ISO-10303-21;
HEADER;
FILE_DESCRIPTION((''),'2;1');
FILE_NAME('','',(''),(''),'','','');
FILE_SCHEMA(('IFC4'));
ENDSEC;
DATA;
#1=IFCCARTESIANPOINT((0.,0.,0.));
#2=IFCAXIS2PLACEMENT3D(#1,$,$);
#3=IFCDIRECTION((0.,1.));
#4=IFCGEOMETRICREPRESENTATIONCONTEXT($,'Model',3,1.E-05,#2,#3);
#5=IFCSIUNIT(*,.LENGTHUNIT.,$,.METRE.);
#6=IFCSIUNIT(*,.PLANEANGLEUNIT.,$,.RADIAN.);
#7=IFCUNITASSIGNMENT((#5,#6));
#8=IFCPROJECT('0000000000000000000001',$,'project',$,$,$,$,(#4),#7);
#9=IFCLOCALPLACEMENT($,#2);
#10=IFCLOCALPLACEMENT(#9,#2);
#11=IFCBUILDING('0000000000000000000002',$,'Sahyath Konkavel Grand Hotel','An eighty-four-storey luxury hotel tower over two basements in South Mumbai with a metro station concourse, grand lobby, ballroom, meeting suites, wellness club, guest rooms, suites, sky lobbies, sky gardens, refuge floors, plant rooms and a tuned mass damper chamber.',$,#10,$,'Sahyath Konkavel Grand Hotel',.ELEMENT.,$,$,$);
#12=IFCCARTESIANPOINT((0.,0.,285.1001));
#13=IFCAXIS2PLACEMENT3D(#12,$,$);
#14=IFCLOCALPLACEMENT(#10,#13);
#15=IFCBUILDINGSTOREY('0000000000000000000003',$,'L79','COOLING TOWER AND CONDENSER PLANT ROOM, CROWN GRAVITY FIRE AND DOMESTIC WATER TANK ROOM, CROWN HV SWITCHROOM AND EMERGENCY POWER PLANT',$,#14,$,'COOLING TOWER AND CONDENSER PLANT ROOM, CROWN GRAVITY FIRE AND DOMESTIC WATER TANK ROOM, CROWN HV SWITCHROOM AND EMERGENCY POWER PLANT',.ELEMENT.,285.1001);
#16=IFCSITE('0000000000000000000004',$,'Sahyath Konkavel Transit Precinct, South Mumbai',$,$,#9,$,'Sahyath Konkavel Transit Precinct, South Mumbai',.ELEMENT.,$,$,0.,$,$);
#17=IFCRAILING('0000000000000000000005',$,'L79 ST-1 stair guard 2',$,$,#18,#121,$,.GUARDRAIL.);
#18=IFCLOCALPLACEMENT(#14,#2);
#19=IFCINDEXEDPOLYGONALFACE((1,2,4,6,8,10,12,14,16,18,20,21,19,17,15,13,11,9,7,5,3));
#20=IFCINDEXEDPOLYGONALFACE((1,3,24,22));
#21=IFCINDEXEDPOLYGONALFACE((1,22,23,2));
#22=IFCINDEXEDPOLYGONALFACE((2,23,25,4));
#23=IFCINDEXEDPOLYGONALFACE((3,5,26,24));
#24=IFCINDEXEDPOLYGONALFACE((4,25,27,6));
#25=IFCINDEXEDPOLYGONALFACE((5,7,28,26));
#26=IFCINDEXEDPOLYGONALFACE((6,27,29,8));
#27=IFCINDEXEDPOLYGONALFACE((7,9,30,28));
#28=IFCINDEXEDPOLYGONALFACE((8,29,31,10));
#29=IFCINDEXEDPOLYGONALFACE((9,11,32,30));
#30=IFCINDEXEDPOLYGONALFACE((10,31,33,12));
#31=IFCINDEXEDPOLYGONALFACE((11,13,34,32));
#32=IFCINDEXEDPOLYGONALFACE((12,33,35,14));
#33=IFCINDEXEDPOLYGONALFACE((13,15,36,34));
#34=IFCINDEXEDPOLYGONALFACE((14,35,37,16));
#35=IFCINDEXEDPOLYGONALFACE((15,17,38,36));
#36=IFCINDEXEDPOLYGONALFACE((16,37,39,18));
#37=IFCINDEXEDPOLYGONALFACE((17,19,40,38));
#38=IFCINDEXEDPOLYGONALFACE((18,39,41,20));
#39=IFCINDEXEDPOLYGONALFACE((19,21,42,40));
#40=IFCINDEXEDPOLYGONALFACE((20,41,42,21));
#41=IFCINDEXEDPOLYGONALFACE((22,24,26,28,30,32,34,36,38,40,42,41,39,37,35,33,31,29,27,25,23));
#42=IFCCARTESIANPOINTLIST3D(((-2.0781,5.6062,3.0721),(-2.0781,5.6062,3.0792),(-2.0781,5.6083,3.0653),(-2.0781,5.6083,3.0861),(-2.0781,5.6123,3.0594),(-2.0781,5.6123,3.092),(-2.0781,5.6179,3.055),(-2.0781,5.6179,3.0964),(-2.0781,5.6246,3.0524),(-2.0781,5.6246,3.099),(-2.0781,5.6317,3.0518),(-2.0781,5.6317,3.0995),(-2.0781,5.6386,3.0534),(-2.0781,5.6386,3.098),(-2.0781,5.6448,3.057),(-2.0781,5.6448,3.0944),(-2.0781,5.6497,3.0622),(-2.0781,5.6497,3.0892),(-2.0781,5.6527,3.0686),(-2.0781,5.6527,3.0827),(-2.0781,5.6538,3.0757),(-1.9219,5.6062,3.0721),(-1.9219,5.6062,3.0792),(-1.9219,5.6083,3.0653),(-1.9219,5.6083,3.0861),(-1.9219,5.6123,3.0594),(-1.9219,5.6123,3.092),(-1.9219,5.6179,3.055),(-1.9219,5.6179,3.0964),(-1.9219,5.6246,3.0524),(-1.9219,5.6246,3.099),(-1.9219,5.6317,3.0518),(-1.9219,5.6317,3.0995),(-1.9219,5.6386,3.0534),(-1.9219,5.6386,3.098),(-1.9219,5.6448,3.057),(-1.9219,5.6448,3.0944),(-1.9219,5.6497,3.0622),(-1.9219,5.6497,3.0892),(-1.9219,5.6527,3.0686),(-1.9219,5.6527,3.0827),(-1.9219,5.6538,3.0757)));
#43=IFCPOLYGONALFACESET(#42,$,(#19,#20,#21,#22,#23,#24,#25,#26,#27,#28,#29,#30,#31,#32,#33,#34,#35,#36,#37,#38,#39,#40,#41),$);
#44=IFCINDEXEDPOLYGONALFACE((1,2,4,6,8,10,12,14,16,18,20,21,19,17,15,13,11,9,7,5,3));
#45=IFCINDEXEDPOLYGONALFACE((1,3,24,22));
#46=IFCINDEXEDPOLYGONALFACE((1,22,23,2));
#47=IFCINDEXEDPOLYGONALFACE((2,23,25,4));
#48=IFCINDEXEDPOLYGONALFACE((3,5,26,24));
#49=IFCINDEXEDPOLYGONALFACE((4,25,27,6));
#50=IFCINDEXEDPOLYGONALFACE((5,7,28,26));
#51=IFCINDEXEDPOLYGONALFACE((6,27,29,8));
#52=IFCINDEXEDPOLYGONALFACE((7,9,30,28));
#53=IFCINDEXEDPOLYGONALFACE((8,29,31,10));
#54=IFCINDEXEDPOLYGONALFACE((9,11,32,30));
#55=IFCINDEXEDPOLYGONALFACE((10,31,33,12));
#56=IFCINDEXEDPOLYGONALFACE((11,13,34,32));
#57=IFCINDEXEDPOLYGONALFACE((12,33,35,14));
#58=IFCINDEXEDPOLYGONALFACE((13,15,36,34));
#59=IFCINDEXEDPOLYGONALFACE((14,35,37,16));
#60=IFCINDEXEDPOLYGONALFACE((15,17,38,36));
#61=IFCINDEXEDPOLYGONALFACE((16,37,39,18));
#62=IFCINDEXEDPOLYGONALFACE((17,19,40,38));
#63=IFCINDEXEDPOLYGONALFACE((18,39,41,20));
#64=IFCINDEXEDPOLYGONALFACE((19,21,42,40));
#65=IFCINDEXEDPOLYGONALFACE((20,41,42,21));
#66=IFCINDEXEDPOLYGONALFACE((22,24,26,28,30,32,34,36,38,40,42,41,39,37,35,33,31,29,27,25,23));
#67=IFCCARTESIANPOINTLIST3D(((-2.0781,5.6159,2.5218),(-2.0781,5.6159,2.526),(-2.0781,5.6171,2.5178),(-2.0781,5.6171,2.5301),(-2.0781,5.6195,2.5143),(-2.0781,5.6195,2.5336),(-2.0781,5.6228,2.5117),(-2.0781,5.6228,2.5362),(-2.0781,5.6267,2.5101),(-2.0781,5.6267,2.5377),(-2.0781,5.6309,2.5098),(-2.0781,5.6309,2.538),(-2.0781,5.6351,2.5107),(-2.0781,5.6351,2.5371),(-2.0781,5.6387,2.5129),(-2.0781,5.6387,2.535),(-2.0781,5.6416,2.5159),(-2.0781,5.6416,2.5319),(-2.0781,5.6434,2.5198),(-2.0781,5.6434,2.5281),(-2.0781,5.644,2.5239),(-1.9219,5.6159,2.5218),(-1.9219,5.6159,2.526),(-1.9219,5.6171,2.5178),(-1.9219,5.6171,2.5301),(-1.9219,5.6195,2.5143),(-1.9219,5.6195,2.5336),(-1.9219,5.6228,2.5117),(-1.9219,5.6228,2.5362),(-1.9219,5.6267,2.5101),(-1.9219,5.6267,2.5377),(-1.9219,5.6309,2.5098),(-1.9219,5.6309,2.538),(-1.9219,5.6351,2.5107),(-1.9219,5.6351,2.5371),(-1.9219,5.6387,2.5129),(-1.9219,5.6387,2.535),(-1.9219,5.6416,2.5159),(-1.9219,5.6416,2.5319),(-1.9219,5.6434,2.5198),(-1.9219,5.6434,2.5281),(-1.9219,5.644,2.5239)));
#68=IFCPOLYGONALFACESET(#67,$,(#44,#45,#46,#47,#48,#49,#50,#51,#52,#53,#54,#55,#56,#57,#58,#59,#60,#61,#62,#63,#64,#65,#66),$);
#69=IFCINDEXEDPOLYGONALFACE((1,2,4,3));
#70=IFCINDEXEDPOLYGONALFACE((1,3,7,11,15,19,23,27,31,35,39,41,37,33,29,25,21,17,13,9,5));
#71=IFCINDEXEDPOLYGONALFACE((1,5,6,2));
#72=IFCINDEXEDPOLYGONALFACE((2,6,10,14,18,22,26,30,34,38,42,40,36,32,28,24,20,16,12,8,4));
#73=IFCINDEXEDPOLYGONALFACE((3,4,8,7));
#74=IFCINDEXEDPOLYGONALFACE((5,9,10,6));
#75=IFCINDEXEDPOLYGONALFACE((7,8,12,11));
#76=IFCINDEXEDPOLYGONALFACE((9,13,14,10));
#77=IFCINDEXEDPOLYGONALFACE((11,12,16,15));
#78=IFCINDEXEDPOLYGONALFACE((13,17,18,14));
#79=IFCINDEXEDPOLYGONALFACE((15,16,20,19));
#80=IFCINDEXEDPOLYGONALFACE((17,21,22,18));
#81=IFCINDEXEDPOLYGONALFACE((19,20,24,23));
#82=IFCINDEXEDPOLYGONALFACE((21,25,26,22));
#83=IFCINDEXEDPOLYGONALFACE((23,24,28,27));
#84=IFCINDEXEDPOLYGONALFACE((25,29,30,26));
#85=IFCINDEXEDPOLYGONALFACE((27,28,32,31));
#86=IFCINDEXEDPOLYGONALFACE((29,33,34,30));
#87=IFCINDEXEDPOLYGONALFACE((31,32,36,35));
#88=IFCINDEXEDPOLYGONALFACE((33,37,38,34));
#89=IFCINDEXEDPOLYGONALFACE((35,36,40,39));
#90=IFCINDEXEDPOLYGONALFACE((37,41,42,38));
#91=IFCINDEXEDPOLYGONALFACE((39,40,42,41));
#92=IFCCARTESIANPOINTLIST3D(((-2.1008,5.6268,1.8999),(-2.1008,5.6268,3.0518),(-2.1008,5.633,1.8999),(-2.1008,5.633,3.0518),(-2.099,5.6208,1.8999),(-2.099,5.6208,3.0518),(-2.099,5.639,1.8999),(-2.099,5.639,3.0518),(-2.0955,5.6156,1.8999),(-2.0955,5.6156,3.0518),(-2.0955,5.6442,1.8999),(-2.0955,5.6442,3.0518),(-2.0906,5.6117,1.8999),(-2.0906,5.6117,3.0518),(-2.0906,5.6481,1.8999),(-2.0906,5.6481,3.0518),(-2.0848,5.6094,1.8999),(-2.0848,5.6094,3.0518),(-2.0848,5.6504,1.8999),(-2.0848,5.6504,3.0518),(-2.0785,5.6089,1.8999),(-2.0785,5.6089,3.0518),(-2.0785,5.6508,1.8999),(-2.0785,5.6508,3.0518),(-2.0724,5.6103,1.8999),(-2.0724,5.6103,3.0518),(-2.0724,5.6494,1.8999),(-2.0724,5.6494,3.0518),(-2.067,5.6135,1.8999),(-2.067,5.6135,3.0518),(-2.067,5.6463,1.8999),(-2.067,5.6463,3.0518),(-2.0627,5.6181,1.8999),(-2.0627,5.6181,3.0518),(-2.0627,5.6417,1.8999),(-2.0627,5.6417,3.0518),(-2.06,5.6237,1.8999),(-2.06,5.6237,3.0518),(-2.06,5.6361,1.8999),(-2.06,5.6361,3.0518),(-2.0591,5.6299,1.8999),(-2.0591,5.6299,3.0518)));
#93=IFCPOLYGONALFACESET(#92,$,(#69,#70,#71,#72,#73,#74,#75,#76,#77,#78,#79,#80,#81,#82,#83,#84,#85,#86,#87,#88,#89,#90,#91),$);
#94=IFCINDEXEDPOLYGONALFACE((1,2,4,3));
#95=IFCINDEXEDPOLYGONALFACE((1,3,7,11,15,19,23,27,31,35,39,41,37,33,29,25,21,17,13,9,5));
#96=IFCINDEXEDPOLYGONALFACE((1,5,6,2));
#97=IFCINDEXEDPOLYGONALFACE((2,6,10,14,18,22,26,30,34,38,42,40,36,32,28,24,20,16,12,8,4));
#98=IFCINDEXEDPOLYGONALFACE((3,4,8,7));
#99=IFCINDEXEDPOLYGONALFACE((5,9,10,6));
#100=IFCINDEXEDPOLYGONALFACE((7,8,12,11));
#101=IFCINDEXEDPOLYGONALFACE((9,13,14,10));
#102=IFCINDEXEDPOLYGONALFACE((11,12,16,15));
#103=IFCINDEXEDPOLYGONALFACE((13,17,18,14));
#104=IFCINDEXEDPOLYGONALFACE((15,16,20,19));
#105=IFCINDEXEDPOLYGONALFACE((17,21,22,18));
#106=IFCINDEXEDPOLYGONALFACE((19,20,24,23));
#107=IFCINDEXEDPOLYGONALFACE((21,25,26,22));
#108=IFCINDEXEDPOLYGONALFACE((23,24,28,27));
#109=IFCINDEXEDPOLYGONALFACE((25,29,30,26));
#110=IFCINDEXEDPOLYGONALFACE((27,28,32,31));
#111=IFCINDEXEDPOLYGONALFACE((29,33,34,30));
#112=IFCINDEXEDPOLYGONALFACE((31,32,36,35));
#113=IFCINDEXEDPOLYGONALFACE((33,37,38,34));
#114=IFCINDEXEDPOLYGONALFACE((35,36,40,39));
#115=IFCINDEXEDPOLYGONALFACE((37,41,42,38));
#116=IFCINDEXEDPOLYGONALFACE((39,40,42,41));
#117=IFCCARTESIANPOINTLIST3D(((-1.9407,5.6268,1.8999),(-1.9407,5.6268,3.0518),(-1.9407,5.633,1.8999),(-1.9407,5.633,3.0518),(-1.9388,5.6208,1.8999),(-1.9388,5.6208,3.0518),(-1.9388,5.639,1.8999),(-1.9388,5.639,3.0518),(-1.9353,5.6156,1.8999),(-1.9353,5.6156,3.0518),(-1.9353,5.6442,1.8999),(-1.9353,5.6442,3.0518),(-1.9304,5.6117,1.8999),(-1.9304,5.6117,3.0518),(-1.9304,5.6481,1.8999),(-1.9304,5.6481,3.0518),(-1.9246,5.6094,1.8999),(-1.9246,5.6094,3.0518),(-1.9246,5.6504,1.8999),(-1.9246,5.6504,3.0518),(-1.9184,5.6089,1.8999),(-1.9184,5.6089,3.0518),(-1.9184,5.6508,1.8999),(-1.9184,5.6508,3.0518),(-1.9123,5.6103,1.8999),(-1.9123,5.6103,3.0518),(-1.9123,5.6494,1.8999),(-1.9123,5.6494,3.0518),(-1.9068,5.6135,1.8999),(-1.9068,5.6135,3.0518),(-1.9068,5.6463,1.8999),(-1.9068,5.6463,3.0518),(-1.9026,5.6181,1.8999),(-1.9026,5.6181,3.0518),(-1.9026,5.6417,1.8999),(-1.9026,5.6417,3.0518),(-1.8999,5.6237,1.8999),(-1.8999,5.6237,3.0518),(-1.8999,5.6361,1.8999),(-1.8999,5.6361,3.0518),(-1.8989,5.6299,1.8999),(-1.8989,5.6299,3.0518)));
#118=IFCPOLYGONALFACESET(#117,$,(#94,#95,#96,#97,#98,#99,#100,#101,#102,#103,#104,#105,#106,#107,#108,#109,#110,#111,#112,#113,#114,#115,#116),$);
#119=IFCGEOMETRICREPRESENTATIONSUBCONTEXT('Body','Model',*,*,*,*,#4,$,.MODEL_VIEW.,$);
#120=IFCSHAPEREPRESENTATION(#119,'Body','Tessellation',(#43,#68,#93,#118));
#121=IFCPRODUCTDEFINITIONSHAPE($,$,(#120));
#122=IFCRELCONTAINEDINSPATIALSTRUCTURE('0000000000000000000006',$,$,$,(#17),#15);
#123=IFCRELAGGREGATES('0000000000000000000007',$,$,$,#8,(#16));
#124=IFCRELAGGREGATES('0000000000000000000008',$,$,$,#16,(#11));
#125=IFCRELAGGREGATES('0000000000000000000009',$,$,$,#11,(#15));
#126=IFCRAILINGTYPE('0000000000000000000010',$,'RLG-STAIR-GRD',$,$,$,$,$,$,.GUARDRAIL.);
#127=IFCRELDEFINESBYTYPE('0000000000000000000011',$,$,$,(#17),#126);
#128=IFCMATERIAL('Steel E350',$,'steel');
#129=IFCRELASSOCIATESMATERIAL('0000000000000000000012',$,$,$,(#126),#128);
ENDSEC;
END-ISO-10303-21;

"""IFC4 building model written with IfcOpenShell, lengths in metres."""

from ifc_helpers import new_model, si_unit, direction, frame, origin, origin_2d, place, context, subcontext, project, spatial, circle, extrude, material, type_object, element, save


model = new_model("IFC4")

# Units and contexts
model_context = context("Model", 3, precision=1e-05, world=origin(), true_north=direction((0.0, 1.0)))
body_context = subcontext(model_context, "Body", "Model", "MODEL_VIEW")
ifc_project = project(units=[si_unit("LENGTHUNIT", "METRE"), si_unit("PLANEANGLEUNIT", "RADIAN")], contexts=[model_context])

# Site, building, storey
site_placement = place(None, origin())
site = spatial("IfcSite", under=ifc_project, at=site_placement, Name="Sahyath Konkavel Transit Precinct, South Mumbai", LongName="Sahyath Konkavel Transit Precinct, South Mumbai", CompositionType="ELEMENT", RefElevation=0.0)
building_placement = place(site_placement, origin())
building = spatial("IfcBuilding", under=site, at=building_placement, Name="Sahyath Konkavel Grand Hotel", Description="An eighty-four-storey luxury hotel tower over two basements in South Mumbai with a metro station concourse, grand lobby, ballroom, meeting suites, wellness club, guest rooms, suites, sky lobbies, sky gardens, refuge floors, plant rooms and a tuned mass damper chamber.", LongName="Sahyath Konkavel Grand Hotel", CompositionType="ELEMENT")
storey_placement = place(building_placement, frame((0.0, 0.0, 285.1001)))
storey = spatial("IfcBuildingStorey", under=building, at=storey_placement, Name="L79", Description="COOLING TOWER AND CONDENSER PLANT ROOM, CROWN GRAVITY FIRE AND DOMESTIC WATER TANK ROOM, CROWN HV SWITCHROOM AND EMERGENCY POWER PLANT", LongName="COOLING TOWER AND CONDENSER PLANT ROOM, CROWN GRAVITY FIRE AND DOMESTIC WATER TANK ROOM, CROWN HV SWITCHROOM AND EMERGENCY POWER PLANT", CompositionType="ELEMENT", Elevation=285.1001)

# Shared definitions
ifc_material_1 = material(Name="Steel E350", Category="steel")

# Railing
railing_type_1 = type_object("IfcRailingType", Name="RLG-STAIR-GRD", PredefinedType="GUARDRAIL", material=ifc_material_1)
railing_1_placement = place(storey_placement, frame((-2.0801, 5.6299, 1.8999)))
element("IfcRailing", 1, at=railing_1_placement, inside=storey, type_object=railing_type_1, Name="L79 ST-1 stair guard 2", PredefinedType="GUARDRAIL", context=body_context, shape_type="SweptSolid", body=[
    extrude(circle(Radius=0.0239, at=origin_2d()), frame((0.002, 0.0, 1.1758), z_axis=(1.0, 0.0, 0.0), x_axis=(0.0, 1.0, 0.0)), (0.0, 0.0, 1.0), 0.1562),
    extrude(circle(Radius=0.0142, at=origin_2d()), frame((0.002, 0.0, 0.624), z_axis=(1.0, 0.0, 0.0), x_axis=(0.0, 1.0, 0.0)), (0.0, 0.0, 1.0), 0.1562),
    extrude(circle(Radius=0.021, at=origin_2d()), origin(), (0.0, 0.0, 1.0), 1.1519),
    extrude(circle(Radius=0.021, at=origin_2d()), frame((0.1602, 0.0, 0.0)), (0.0, 0.0, 1.0), 1.1519),
])

save(model, "model.ifc")
